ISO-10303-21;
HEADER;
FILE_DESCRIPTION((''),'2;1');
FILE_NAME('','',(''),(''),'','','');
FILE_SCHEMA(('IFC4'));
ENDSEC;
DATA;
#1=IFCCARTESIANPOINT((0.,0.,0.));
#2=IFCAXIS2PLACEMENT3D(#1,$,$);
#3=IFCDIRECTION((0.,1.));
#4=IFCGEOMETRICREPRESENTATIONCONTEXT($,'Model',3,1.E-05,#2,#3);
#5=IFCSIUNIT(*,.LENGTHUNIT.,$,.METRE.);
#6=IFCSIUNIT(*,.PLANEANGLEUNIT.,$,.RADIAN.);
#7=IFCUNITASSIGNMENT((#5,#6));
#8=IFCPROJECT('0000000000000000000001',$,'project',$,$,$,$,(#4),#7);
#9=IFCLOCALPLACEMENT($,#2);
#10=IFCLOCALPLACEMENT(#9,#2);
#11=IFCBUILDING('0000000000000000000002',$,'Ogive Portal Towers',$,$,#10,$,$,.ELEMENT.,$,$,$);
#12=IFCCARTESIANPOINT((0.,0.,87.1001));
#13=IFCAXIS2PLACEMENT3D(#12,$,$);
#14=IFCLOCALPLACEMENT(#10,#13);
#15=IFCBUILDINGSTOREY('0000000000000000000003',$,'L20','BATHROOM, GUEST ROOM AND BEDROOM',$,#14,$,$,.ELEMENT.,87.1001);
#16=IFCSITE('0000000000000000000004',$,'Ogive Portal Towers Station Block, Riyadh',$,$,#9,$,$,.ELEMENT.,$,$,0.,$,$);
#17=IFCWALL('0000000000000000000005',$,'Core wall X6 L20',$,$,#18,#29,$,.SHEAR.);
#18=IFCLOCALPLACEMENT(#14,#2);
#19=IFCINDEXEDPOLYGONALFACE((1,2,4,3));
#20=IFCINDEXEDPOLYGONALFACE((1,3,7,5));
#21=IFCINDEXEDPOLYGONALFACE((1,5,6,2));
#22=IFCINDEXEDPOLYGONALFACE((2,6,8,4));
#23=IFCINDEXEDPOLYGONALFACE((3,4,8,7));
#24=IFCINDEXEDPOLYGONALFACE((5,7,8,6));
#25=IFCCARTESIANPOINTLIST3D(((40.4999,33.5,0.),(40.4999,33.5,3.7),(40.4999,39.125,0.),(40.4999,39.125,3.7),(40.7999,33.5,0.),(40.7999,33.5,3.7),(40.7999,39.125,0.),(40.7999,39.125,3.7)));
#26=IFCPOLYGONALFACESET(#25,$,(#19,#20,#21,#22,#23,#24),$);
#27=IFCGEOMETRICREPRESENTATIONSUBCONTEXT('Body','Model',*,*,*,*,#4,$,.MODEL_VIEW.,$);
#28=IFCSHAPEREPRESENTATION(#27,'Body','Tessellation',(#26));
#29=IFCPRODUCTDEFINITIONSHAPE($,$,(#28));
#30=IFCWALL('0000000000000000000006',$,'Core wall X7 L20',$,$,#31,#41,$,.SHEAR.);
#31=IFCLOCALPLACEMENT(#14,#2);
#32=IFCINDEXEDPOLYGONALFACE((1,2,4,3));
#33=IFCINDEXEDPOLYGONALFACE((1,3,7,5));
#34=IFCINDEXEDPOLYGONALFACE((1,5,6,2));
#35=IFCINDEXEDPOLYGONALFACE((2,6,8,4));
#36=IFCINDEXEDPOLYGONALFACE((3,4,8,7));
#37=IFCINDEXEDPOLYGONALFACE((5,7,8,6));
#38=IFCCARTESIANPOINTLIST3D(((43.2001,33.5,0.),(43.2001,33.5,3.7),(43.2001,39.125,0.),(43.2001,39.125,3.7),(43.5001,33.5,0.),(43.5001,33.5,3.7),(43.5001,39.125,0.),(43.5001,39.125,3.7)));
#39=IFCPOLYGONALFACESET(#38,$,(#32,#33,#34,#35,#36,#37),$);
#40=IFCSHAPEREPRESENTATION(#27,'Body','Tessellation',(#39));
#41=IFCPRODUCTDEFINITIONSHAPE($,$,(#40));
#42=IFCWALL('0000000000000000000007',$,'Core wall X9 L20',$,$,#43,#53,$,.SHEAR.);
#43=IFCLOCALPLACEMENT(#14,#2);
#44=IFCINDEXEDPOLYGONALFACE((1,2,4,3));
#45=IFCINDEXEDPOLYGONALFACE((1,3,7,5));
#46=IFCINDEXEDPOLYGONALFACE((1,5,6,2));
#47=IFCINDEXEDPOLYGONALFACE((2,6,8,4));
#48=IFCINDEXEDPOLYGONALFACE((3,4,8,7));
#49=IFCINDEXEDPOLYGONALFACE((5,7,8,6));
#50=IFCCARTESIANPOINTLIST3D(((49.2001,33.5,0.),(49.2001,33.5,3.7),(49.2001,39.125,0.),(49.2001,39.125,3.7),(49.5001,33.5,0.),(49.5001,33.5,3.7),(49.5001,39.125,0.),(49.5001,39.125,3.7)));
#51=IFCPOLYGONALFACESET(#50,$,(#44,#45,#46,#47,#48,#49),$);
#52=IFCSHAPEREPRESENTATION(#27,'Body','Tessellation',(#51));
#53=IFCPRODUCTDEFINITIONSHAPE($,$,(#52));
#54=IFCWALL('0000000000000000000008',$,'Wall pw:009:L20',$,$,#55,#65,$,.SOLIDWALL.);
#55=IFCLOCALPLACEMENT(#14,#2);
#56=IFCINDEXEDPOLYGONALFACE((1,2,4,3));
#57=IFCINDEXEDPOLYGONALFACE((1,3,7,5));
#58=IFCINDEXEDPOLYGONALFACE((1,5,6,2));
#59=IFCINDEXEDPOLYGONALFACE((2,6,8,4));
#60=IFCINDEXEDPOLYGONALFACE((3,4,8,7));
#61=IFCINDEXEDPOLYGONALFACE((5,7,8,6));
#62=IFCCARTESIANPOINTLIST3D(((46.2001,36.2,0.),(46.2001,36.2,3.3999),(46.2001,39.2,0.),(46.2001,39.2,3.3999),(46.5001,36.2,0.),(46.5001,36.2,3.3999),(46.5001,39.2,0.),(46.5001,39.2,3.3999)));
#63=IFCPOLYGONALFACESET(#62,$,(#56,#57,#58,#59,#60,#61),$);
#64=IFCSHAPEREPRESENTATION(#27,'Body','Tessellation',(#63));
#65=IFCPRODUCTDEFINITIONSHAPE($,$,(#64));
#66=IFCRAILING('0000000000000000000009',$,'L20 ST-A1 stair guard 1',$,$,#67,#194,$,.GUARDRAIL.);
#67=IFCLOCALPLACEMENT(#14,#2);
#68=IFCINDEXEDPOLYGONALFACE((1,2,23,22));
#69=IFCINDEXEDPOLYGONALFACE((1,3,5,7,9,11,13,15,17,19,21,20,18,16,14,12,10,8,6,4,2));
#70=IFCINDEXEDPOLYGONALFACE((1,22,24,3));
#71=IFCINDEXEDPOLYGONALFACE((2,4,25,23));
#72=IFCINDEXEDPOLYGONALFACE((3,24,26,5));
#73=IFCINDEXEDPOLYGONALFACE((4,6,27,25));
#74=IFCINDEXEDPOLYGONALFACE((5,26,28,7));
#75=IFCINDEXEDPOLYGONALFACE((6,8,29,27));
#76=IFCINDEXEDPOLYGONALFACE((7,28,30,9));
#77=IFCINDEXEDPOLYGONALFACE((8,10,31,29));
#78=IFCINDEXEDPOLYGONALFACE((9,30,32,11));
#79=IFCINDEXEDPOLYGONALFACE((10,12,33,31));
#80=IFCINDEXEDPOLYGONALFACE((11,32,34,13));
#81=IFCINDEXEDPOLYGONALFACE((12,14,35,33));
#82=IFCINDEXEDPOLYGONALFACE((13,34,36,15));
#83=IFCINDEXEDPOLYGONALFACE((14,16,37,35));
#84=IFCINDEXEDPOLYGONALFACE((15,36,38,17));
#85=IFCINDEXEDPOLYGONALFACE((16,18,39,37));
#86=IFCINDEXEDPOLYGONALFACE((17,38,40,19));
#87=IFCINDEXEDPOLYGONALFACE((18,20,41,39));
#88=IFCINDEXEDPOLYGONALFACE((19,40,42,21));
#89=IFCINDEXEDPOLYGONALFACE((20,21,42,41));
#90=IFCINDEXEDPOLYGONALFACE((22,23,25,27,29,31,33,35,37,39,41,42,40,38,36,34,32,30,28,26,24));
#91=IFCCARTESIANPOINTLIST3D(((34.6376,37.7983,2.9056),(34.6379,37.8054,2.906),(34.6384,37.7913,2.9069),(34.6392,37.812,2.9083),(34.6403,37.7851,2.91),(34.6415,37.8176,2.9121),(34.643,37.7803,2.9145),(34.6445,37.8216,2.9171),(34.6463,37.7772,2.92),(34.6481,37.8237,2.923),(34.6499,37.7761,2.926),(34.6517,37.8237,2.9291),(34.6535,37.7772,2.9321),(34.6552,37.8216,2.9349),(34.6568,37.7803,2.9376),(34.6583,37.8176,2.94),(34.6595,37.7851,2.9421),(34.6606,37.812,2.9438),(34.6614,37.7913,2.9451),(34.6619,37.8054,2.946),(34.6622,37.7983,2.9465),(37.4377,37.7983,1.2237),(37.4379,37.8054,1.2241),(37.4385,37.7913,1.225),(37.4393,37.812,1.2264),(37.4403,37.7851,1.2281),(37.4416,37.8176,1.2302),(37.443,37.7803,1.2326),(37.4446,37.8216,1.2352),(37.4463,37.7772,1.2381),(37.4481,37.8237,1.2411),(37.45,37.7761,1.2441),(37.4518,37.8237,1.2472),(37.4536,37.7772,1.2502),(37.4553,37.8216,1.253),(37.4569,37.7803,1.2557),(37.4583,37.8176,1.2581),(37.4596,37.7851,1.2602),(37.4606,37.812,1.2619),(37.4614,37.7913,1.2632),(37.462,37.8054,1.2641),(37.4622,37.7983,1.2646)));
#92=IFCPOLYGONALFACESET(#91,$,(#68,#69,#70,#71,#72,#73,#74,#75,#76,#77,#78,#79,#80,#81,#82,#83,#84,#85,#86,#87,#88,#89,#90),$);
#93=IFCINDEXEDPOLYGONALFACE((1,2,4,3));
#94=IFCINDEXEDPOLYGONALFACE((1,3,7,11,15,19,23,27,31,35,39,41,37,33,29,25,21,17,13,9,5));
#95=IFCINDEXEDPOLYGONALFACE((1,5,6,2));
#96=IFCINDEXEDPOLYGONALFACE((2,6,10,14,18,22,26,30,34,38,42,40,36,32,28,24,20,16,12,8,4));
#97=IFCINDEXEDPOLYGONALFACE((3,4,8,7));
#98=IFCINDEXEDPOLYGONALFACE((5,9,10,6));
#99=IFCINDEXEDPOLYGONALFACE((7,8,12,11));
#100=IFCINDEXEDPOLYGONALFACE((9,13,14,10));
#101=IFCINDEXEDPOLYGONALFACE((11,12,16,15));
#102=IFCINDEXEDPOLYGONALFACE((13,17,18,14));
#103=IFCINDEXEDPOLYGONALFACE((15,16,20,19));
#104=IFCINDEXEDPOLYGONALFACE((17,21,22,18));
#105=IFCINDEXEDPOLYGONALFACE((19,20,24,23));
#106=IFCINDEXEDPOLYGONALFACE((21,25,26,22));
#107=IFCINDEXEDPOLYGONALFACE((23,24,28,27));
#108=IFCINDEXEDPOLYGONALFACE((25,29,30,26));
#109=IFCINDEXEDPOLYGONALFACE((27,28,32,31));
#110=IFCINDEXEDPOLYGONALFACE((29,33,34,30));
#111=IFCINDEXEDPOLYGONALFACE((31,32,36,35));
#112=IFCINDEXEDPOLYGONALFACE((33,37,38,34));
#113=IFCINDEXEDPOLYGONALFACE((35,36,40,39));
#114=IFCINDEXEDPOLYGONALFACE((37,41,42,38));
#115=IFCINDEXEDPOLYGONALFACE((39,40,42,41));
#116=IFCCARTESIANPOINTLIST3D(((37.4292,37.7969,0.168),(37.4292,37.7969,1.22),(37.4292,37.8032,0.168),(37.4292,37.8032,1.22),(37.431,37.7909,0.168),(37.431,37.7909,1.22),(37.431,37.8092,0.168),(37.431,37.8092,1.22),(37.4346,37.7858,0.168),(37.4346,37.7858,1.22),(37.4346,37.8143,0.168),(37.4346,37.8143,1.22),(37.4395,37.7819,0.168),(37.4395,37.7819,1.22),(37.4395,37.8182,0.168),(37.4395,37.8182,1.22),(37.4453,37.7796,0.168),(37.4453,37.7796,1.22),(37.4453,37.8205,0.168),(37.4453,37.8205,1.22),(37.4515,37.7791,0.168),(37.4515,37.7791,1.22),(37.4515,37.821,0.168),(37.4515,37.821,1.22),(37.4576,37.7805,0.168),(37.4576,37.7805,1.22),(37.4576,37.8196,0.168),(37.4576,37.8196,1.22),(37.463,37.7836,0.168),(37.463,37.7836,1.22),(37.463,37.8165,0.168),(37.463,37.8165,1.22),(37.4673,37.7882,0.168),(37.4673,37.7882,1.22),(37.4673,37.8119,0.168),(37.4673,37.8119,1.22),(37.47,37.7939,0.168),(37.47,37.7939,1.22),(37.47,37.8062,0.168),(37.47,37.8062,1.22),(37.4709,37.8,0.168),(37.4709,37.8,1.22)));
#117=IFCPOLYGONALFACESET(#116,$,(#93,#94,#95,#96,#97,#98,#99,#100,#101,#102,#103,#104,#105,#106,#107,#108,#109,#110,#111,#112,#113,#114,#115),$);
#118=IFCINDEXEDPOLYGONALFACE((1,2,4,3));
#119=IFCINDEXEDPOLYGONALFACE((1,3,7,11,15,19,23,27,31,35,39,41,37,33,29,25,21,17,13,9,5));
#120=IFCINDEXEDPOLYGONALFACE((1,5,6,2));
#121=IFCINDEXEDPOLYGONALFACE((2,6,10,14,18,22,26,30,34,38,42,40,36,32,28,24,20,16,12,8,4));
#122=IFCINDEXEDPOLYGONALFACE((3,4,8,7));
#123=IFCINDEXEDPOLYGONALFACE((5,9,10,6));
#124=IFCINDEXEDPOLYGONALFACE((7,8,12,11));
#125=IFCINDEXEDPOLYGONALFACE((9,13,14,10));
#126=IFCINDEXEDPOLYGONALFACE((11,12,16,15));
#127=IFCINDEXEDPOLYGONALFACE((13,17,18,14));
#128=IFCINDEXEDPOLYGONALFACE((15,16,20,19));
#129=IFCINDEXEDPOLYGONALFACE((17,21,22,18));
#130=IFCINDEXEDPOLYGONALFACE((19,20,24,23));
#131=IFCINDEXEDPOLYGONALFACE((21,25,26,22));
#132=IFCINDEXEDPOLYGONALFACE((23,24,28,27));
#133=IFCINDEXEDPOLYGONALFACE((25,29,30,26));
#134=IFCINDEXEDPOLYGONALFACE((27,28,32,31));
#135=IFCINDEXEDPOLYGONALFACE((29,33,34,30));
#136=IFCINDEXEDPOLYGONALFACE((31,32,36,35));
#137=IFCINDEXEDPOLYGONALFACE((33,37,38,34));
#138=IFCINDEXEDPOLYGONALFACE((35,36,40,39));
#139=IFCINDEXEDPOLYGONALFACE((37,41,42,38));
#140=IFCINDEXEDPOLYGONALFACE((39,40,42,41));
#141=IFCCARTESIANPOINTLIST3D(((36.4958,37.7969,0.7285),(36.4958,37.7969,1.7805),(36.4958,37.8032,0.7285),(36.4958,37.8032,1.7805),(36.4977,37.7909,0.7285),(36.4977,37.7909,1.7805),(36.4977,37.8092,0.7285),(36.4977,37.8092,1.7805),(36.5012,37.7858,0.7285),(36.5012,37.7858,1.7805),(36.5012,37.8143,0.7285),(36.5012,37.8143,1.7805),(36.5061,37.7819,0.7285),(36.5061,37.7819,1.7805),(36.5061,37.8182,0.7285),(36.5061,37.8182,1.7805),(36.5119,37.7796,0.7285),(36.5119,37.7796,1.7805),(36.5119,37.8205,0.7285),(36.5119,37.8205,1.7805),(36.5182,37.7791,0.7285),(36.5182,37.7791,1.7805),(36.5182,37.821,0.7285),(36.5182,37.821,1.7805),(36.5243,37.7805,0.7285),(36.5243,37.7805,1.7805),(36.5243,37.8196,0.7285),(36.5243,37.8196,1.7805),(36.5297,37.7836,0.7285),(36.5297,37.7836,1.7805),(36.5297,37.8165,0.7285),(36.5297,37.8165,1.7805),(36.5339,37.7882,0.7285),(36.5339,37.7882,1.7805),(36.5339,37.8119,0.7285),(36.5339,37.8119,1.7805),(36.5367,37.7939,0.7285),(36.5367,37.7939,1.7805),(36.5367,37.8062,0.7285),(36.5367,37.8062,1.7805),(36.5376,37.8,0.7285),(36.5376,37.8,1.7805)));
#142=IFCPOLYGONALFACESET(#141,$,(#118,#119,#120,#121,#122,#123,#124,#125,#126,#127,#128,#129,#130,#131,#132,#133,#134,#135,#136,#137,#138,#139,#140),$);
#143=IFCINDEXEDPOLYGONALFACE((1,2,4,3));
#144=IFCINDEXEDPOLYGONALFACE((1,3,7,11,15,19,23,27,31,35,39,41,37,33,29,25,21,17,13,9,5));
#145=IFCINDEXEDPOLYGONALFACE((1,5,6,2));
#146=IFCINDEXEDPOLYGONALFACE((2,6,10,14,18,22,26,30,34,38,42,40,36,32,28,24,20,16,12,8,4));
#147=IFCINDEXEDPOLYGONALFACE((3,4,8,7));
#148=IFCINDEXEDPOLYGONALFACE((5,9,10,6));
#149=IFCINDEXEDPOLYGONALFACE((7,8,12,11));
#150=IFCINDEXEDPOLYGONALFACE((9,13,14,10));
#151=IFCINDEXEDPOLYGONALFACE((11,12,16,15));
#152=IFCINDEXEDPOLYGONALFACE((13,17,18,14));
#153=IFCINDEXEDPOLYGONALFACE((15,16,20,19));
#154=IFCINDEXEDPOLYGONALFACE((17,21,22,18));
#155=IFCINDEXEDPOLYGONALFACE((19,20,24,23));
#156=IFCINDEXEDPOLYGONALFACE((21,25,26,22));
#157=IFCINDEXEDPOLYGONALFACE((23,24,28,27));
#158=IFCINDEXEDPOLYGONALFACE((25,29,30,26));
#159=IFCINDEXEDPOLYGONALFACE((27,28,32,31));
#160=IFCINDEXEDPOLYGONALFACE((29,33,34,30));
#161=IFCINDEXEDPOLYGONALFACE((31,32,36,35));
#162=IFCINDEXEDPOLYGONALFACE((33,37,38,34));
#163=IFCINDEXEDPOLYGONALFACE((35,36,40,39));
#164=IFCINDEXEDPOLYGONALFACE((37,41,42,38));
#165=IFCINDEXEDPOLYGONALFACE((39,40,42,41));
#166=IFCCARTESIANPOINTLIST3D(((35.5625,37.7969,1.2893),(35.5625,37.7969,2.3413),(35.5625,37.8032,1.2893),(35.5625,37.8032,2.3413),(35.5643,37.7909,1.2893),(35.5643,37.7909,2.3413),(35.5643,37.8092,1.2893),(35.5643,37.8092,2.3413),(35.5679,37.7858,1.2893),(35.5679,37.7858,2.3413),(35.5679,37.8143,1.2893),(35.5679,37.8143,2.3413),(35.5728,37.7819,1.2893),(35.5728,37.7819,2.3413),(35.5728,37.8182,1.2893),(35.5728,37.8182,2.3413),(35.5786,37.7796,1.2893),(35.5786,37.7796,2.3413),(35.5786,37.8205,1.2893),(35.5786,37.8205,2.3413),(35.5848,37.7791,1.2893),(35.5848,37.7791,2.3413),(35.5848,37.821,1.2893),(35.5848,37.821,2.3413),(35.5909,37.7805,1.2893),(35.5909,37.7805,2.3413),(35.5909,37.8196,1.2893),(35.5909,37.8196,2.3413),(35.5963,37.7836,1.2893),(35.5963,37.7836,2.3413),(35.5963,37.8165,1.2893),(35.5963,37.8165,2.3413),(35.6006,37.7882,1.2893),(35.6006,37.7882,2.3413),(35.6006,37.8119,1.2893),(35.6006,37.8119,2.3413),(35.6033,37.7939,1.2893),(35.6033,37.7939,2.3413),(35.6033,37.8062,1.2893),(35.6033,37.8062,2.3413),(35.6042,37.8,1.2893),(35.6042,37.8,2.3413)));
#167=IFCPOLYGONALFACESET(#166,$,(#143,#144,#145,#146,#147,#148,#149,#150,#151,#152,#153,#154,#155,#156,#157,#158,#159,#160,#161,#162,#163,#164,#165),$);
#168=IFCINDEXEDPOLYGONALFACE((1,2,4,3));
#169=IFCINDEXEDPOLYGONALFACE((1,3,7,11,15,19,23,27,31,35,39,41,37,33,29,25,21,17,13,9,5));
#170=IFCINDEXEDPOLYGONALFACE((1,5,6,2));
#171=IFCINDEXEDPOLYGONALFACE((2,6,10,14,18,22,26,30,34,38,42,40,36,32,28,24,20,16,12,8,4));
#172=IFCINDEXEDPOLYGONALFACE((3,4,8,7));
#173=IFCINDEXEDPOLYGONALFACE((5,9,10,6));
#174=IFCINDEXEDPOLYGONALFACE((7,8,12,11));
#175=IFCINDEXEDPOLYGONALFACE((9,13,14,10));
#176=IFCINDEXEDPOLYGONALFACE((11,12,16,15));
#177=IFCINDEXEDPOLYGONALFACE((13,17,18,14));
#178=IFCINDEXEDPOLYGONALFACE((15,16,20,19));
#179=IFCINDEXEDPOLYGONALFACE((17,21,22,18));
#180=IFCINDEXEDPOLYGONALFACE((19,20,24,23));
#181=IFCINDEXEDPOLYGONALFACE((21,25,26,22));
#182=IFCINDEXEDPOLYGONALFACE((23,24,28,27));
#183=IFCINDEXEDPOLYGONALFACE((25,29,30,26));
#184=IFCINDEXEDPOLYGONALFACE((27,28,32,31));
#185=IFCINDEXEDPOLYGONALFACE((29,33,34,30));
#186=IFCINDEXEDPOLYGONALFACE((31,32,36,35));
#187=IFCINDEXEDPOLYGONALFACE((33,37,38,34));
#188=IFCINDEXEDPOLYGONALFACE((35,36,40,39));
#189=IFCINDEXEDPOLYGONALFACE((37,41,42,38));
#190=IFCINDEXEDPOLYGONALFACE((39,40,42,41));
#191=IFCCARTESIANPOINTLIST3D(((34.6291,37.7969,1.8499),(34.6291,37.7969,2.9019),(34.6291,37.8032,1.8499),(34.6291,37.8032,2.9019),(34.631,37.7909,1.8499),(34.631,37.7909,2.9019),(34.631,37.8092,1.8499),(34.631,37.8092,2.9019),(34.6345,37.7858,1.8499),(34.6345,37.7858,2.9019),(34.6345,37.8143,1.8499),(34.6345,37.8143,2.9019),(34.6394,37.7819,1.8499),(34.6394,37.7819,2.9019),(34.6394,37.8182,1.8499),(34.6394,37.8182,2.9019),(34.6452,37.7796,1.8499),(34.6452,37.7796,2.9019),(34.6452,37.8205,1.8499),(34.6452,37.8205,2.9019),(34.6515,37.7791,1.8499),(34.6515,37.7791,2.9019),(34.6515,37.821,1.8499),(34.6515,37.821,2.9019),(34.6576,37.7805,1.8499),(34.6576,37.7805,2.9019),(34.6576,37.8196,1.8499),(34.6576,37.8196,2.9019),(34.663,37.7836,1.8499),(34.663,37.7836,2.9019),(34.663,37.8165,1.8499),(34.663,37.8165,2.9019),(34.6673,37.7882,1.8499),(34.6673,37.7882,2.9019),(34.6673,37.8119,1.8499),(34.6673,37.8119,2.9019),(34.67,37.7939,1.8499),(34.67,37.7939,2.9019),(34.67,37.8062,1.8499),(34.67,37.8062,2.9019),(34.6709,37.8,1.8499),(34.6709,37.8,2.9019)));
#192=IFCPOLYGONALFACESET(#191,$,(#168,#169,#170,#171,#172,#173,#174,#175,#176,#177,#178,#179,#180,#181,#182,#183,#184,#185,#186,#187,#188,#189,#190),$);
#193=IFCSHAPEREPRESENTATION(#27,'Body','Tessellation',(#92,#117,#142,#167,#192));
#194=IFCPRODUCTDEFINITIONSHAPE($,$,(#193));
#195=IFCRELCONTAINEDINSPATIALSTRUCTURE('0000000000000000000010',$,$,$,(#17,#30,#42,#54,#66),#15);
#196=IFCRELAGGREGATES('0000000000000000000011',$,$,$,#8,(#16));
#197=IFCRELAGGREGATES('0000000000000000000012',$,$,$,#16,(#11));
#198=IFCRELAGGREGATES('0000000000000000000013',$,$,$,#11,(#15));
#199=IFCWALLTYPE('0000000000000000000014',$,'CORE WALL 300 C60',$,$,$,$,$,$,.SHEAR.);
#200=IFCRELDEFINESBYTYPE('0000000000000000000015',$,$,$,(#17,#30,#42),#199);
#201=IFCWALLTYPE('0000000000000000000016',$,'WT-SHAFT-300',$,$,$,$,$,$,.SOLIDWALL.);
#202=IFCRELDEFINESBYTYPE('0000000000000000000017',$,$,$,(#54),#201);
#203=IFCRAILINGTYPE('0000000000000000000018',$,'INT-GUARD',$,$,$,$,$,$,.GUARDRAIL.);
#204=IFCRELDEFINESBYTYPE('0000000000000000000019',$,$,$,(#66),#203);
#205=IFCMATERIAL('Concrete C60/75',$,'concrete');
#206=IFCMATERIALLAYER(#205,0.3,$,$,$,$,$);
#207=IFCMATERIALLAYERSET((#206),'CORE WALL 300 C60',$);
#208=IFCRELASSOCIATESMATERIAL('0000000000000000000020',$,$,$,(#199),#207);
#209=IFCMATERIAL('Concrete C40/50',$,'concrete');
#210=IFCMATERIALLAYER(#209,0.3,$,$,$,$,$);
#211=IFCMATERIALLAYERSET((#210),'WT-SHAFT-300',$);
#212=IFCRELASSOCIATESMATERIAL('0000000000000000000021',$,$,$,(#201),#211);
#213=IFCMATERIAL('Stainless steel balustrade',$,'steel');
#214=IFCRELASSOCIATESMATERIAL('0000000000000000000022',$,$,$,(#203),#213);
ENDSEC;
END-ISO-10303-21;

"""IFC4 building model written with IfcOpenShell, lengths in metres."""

from ifc_helpers import new_model, si_unit, direction, frame, frame_2d, origin, origin_2d, place, context, subcontext, project, spatial, rectangle, circle, extrude, material, layer, layer_set, type_object, element, save


model = new_model("IFC4")

# Units and contexts
model_context = context("Model", 3, precision=1e-05, world=origin(), true_north=direction((0.0, 1.0)))
body_context = subcontext(model_context, "Body", "Model", "MODEL_VIEW")
ifc_project = project(units=[si_unit("LENGTHUNIT", "METRE"), si_unit("PLANEANGLEUNIT", "RADIAN")], contexts=[model_context])

# Site, building, storey
site_placement = place(None, origin())
site = spatial("IfcSite", under=ifc_project, at=site_placement, Name="Ogive Portal Towers Station Block, Riyadh", CompositionType="ELEMENT", RefElevation=0.0)
building_placement = place(site_placement, origin())
building = spatial("IfcBuilding", under=site, at=building_placement, Name="Ogive Portal Towers", CompositionType="ELEMENT")
storey_placement = place(building_placement, frame((0.0, 0.0, 87.1001)))
storey = spatial("IfcBuildingStorey", under=building, at=storey_placement, Name="L20", Description="BATHROOM, GUEST ROOM AND BEDROOM", CompositionType="ELEMENT", Elevation=87.1001)

# Shared definitions
ifc_material_1 = material(Name="Concrete C40/50", Category="concrete")

# Shared definitions
ifc_material_2 = material(Name="Concrete C60/75", Category="concrete")
ifc_layer_1 = layer(ifc_material_2, 0.3)
ifc_layer_set_1 = layer_set([ifc_layer_1], Name="CORE WALL 300 C60")
wall_type_1 = type_object("IfcWallType", Name="CORE WALL 300 C60", PredefinedType="SHEAR", material=ifc_layer_set_1)

# Walls
for number, where, z_axis, x_axis, name in (
    (1, (40.6499, 33.5, 0.0), (0.0, 0.0, 1.0), (0.0, 1.0, 0.0), "Core wall X6 L20"),
    (2, (43.3501, 33.5, 0.0), (0.0, 0.0, 1.0), (0.0, 1.0, 0.0), "Core wall X7 L20"),
):
    element("IfcWall", number, at=place(storey_placement, frame(where, z_axis=z_axis, x_axis=x_axis)), inside=storey, type_object=wall_type_1, Name=name, PredefinedType="SHEAR", context=body_context, shape_type="SweptSolid", body=[
        extrude(rectangle(XDim=5.625, YDim=0.3, at=frame_2d((2.8125, 0.0))), origin(), (0.0, 0.0, 1.0), 3.7),
    ])

# Walls
wall_1_placement = place(storey_placement, frame((49.3501, 33.5, 0.0), z_axis=(0.0, 0.0, 1.0), x_axis=(0.0, 1.0, 0.0)))
element("IfcWall", 3, at=wall_1_placement, inside=storey, type_object=wall_type_1, Name="Core wall X9 L20", PredefinedType="SHEAR", context=body_context, shape_type="SweptSolid", body=[
    extrude(rectangle(XDim=5.625, YDim=0.3, at=frame_2d((2.8125, 0.0))), origin(), (0.0, 0.0, 1.0), 3.7),
])
ifc_layer_2 = layer(ifc_material_1, 0.3)
ifc_layer_set_2 = layer_set([ifc_layer_2], Name="WT-SHAFT-300")
wall_type_2 = type_object("IfcWallType", Name="WT-SHAFT-300", PredefinedType="SOLIDWALL", material=ifc_layer_set_2)
wall_2_placement = place(storey_placement, frame((46.3501, 36.2, 0.0), z_axis=(0.0, 0.0, 1.0), x_axis=(0.0, 1.0, 0.0)))
element("IfcWall", 4, at=wall_2_placement, inside=storey, type_object=wall_type_2, Name="Wall pw:009:L20", PredefinedType="SOLIDWALL", context=body_context, shape_type="SweptSolid", body=[
    extrude(rectangle(XDim=3.0, YDim=0.3, at=frame_2d((1.5, 0.0))), origin(), (0.0, 0.0, 1.0), 3.3999),
])

# Railing
ifc_material_3 = material(Name="Stainless steel balustrade", Category="steel")
railing_type_1 = type_object("IfcRailingType", Name="INT-GUARD", PredefinedType="GUARDRAIL", material=ifc_material_3)
railing_1_placement = place(storey_placement, frame((37.45, 37.8, 0.168)))
element("IfcRailing", 5, at=railing_1_placement, inside=storey, type_object=railing_type_1, Name="L20 ST-A1 stair guard 1", PredefinedType="GUARDRAIL", context=body_context, shape_type="SweptSolid", body=[
    extrude(circle(Radius=0.0239, at=origin_2d()), frame((0.0, 0.0, 1.0762), z_axis=(-0.857242, 0.0, 0.514913), x_axis=(0.0, -1.0, 0.0)), (0.0, 0.0, 1.0), 3.2664),
    extrude(circle(Radius=0.021, at=origin_2d()), origin(), (0.0, 0.0, 1.0), 1.052),
    extrude(circle(Radius=0.021, at=origin_2d()), frame((-0.9333, 0.0, 0.5605)), (0.0, 0.0, 1.0), 1.052),
    extrude(circle(Radius=0.021, at=origin_2d()), frame((-1.8667, 0.0, 1.1213)), (0.0, 0.0, 1.0), 1.052),
    extrude(circle(Radius=0.021, at=origin_2d()), frame((-2.8, 0.0, 1.6819)), (0.0, 0.0, 1.0), 1.052),
])

save(model, "model.ifc")
